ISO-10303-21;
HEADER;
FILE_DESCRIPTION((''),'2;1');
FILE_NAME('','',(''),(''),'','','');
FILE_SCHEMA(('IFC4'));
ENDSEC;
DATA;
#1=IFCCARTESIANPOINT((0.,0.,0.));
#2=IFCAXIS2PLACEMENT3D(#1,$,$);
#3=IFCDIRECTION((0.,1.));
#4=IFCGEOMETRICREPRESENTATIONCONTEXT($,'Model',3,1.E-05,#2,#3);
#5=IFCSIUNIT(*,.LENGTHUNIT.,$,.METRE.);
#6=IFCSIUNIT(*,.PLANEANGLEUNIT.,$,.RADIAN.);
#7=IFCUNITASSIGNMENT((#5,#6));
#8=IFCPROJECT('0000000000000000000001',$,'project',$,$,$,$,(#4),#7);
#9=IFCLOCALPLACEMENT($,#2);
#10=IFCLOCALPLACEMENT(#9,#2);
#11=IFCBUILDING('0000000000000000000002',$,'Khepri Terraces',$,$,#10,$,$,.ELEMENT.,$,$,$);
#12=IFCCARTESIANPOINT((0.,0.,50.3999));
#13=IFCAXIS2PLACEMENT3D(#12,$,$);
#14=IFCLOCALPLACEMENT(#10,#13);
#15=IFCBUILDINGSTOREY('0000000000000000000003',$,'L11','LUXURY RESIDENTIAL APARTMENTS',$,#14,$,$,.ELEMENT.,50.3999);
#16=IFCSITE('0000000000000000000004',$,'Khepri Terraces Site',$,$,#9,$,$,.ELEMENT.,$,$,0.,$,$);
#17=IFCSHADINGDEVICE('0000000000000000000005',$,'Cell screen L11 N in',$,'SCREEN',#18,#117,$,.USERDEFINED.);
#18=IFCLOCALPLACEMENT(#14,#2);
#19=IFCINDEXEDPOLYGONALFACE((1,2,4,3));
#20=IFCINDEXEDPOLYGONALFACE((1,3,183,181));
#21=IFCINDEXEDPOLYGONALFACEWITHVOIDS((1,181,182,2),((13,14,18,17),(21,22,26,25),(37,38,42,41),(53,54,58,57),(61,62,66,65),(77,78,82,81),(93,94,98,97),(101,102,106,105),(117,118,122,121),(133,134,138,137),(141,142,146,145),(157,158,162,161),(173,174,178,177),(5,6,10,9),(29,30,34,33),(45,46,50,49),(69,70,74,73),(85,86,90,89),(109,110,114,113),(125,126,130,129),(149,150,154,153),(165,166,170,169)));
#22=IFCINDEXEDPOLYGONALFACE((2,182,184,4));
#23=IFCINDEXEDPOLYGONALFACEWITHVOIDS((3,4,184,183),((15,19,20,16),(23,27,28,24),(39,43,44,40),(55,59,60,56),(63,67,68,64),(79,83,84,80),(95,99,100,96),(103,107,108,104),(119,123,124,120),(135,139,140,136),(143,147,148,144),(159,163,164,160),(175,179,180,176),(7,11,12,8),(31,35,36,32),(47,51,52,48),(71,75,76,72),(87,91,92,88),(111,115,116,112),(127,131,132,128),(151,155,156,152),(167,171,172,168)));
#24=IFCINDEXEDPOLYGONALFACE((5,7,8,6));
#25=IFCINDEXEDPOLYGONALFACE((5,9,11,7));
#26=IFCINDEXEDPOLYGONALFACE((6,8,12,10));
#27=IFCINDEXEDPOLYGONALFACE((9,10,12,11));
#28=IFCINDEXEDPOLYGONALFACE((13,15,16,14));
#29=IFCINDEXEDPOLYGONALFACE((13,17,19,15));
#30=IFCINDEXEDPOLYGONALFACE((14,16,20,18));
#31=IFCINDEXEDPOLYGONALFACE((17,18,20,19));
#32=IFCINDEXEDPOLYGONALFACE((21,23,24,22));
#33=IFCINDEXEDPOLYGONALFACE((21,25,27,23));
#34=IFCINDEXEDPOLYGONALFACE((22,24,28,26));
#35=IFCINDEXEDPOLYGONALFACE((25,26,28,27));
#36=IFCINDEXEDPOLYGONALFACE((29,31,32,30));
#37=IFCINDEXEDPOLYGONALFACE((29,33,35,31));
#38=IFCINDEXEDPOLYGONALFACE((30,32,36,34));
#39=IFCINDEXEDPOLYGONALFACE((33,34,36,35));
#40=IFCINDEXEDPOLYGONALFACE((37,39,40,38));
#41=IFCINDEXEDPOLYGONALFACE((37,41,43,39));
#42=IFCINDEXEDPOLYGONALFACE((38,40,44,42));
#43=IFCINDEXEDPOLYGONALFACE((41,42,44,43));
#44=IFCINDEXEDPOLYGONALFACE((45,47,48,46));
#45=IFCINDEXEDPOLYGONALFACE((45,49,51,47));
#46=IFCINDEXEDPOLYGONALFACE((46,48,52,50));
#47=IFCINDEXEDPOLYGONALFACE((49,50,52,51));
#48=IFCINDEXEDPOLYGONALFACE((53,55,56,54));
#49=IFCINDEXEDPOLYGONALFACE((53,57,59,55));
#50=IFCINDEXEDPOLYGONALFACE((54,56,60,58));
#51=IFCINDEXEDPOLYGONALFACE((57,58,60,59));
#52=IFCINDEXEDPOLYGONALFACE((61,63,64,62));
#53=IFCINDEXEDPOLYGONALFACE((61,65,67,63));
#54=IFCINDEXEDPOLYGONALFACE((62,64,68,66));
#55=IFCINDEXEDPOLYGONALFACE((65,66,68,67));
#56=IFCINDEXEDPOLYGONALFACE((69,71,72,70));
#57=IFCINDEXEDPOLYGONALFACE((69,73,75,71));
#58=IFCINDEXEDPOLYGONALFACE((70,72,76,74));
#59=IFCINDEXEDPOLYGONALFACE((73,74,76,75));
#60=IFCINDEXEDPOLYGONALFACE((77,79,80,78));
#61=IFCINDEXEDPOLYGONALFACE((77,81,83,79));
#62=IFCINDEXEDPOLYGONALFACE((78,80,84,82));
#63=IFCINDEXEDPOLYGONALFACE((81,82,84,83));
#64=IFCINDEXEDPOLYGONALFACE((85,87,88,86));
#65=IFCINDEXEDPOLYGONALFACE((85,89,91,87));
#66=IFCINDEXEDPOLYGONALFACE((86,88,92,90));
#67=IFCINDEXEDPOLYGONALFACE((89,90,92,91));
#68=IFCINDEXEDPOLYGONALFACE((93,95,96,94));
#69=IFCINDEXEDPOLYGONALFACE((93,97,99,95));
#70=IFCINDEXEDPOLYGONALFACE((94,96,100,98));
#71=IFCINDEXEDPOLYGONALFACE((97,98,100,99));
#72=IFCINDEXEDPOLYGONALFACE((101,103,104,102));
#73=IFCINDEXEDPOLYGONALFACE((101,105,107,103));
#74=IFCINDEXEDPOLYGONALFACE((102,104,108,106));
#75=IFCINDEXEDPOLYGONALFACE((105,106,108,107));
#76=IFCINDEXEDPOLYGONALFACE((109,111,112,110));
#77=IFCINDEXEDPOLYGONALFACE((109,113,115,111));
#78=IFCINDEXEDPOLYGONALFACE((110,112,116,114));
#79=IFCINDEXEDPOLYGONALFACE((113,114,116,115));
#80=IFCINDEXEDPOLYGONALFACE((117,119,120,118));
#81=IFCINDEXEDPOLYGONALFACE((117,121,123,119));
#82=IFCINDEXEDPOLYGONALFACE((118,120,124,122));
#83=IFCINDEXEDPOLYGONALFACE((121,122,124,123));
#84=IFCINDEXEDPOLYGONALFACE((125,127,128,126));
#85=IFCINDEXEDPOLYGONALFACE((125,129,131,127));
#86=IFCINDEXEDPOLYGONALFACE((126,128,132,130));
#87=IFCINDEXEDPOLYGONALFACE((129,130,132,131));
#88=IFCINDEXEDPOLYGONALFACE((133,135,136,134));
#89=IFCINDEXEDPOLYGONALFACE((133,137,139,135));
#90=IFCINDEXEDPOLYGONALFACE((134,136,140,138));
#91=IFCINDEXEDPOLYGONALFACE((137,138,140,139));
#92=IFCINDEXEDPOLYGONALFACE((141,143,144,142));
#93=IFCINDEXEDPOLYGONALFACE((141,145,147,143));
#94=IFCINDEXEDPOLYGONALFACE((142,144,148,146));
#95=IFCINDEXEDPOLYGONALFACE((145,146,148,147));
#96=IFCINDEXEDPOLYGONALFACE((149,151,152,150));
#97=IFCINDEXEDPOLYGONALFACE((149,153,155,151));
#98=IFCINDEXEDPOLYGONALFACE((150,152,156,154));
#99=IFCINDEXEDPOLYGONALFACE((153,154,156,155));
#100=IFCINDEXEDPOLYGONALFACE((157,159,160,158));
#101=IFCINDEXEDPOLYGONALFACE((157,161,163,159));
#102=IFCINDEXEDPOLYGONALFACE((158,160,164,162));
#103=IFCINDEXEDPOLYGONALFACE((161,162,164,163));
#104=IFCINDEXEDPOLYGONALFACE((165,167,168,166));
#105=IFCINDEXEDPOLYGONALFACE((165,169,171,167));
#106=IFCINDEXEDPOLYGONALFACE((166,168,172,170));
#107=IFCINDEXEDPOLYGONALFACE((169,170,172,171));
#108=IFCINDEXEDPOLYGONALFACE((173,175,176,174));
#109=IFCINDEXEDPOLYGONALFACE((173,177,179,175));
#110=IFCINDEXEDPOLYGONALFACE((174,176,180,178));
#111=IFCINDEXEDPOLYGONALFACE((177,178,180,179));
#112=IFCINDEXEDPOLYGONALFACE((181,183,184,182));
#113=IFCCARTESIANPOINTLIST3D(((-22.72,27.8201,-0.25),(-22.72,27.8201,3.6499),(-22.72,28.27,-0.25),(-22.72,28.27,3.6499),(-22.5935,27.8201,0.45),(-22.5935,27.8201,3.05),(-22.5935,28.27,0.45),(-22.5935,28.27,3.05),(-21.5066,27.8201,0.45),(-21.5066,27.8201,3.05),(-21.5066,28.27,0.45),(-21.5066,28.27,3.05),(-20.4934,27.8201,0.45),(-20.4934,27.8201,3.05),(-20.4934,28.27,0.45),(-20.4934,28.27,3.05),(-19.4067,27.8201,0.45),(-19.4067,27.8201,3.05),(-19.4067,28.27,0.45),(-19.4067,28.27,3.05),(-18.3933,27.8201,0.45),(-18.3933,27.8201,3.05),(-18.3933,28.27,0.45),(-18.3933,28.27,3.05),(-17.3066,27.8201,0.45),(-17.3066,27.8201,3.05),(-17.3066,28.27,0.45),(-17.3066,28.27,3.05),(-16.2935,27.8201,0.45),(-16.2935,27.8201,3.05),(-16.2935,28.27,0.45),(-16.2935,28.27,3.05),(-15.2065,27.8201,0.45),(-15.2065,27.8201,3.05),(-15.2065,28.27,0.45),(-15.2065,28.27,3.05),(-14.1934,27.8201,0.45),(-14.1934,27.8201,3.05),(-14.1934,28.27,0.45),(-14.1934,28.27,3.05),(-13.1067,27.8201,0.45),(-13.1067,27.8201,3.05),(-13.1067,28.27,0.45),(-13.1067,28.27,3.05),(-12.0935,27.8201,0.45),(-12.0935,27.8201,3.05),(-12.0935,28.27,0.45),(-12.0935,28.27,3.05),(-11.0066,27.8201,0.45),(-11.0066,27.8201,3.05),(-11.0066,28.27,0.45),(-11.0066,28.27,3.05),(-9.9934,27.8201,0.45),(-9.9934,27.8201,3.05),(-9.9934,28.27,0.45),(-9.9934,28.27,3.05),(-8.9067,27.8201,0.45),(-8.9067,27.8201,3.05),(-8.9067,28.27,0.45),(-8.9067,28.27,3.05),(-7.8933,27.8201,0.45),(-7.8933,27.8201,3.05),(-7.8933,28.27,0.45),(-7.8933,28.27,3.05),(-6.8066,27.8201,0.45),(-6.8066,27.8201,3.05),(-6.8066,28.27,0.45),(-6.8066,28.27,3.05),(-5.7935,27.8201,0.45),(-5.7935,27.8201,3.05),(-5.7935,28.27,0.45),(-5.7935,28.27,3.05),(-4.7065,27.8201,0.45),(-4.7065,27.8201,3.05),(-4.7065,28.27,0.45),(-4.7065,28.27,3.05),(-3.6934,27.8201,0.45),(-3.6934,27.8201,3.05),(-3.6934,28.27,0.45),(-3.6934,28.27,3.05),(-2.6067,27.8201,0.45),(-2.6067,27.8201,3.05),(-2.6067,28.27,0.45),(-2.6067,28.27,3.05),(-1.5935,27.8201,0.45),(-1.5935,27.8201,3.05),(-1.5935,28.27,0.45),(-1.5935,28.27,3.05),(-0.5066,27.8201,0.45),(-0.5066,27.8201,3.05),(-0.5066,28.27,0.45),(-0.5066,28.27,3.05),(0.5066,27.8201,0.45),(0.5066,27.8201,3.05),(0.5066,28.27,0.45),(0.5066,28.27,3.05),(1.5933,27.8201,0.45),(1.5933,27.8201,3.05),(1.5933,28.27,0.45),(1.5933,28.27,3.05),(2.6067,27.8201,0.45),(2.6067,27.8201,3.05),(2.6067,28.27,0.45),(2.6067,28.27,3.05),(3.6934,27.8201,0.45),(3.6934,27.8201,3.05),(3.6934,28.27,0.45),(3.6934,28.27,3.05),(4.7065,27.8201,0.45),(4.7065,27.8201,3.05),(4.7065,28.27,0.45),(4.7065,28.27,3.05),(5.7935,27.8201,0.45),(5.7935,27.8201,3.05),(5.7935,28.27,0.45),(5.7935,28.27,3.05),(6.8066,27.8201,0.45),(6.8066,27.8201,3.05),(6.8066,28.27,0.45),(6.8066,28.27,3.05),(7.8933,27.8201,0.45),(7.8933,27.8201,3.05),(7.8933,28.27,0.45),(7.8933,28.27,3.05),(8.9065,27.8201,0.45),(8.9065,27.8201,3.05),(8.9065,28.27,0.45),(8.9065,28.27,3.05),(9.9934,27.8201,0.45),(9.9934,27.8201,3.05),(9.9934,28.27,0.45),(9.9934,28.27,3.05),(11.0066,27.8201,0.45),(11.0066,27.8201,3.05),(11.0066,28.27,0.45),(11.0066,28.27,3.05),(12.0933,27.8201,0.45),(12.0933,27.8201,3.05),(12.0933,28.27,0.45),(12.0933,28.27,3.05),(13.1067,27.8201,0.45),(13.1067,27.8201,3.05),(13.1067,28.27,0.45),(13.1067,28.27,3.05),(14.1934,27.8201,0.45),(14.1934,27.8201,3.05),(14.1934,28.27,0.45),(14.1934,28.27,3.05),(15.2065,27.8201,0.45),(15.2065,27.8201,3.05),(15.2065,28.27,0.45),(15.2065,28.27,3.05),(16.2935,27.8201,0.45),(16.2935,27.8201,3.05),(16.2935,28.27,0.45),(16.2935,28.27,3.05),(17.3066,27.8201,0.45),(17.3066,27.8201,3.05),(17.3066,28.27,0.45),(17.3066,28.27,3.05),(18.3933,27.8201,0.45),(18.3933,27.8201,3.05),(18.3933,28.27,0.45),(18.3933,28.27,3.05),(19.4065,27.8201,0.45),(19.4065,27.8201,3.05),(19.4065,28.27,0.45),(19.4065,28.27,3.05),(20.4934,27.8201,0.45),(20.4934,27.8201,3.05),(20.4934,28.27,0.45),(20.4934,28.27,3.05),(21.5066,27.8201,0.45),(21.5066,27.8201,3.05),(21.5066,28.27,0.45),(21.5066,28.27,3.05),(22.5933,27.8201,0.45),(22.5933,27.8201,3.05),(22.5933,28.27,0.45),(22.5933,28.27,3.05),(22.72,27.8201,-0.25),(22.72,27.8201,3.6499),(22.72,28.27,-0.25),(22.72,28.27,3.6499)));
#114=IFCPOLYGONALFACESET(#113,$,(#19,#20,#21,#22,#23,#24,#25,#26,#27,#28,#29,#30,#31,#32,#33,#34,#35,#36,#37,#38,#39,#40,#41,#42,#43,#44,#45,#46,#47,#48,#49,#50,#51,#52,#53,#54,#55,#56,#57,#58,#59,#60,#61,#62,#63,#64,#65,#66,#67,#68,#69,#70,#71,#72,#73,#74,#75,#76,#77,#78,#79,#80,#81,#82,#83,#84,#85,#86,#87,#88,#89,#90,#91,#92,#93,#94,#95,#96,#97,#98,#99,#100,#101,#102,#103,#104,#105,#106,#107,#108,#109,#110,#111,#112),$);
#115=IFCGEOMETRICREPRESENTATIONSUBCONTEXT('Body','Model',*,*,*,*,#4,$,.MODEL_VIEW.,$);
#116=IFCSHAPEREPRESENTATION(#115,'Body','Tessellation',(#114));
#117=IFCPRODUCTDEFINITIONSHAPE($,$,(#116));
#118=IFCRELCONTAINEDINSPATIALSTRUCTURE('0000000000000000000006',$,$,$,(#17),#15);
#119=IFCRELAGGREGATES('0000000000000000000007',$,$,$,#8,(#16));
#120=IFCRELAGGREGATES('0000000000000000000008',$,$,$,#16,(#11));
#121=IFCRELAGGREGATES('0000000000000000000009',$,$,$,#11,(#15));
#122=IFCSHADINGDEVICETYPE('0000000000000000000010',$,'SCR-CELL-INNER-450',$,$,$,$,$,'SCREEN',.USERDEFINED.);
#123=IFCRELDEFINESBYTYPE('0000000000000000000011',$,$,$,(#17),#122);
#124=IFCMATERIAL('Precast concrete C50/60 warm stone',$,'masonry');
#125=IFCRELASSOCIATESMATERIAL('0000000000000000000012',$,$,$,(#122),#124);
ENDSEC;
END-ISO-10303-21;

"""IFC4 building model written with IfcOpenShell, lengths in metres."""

from ifc_helpers import new_model, si_unit, direction, frame, origin, place, context, subcontext, project, spatial, polyline, outline, extrude, material, type_object, element, save


model = new_model("IFC4")

# Units and contexts
model_context = context("Model", 3, precision=1e-05, world=origin(), true_north=direction((0.0, 1.0)))
body_context = subcontext(model_context, "Body", "Model", "MODEL_VIEW")
ifc_project = project(units=[si_unit("LENGTHUNIT", "METRE"), si_unit("PLANEANGLEUNIT", "RADIAN")], contexts=[model_context])

# Site, building, storey
site_placement = place(None, origin())
site = spatial("IfcSite", under=ifc_project, at=site_placement, Name="Khepri Terraces Site", CompositionType="ELEMENT", RefElevation=0.0)
building_placement = place(site_placement, origin())
building = spatial("IfcBuilding", under=site, at=building_placement, Name="Khepri Terraces", CompositionType="ELEMENT")
storey_placement = place(building_placement, frame((0.0, 0.0, 50.3999)))
storey = spatial("IfcBuildingStorey", under=building, at=storey_placement, Name="L11", Description="LUXURY RESIDENTIAL APARTMENTS", CompositionType="ELEMENT", Elevation=50.3999)

# Shared definitions
ifc_material_1 = material(Name="Precast concrete C50/60 warm stone", Category="masonry")

# Shading device
shading_device_type_1 = type_object("IfcShadingDeviceType", Name="SCR-CELL-INNER-450", ElementType="SCREEN", PredefinedType="USERDEFINED", material=ifc_material_1)
shading_device_1_placement = place(storey_placement, frame((22.72, 27.8201, -0.25), z_axis=(0.0, 1.0, 0.0), x_axis=(-1.0, 0.0, 0.0)))
element("IfcShadingDevice", 1, at=shading_device_1_placement, inside=storey, type_object=shading_device_type_1, Name="Cell screen L11 N in", ObjectType="SCREEN", PredefinedType="USERDEFINED", context=body_context, shape_type="SweptSolid", body=[
    extrude(outline(polyline([(0.0, 0.0), (45.4399, 0.0), (45.4399, 3.8999), (0.0, 3.8999), (0.0, 0.0)]), holes=[polyline([(0.1267, 0.7), (1.2134, 0.7), (1.2134, 3.3), (0.1267, 3.3), (0.1267, 0.7)]), polyline([(2.2266, 0.7), (3.3135, 0.7), (3.3135, 3.3), (2.2266, 3.3), (2.2266, 0.7)]), polyline([(4.3267, 0.7), (5.4133, 0.7), (5.4133, 3.3), (4.3267, 3.3), (4.3267, 0.7)]), polyline([(6.4265, 0.7), (7.5134, 0.7), (7.5134, 3.3), (6.4265, 3.3), (6.4265, 0.7)]), polyline([(8.5266, 0.7), (9.6133, 0.7), (9.6133, 3.3), (8.5266, 3.3), (8.5266, 0.7)]), polyline([(10.6267, 0.7), (11.7134, 0.7), (11.7134, 3.3), (10.6267, 3.3), (10.6267, 0.7)]), polyline([(12.7266, 0.7), (13.8135, 0.7), (13.8135, 3.3), (12.7266, 3.3), (12.7266, 0.7)]), polyline([(14.8267, 0.7), (15.9133, 0.7), (15.9133, 3.3), (14.8267, 3.3), (14.8267, 0.7)]), polyline([(16.9265, 0.7), (18.0134, 0.7), (18.0134, 3.3), (16.9265, 3.3), (16.9265, 0.7)]), polyline([(19.0266, 0.7), (20.1133, 0.7), (20.1133, 3.3), (19.0266, 3.3), (19.0266, 0.7)]), polyline([(21.1267, 0.7), (22.2134, 0.7), (22.2134, 3.3), (21.1267, 3.3), (21.1267, 0.7)]), polyline([(23.2266, 0.7), (24.3135, 0.7), (24.3135, 3.3), (23.2266, 3.3), (23.2266, 0.7)]), polyline([(25.3267, 0.7), (26.4133, 0.7), (26.4133, 3.3), (25.3267, 3.3), (25.3267, 0.7)]), polyline([(27.4265, 0.7), (28.5134, 0.7), (28.5134, 3.3), (27.4265, 3.3), (27.4265, 0.7)]), polyline([(29.5266, 0.7), (30.6133, 0.7), (30.6133, 3.3), (29.5266, 3.3), (29.5266, 0.7)]), polyline([(31.6267, 0.7), (32.7134, 0.7), (32.7134, 3.3), (31.6267, 3.3), (31.6267, 0.7)]), polyline([(33.7266, 0.7), (34.8135, 0.7), (34.8135, 3.3), (33.7266, 3.3), (33.7266, 0.7)]), polyline([(35.8267, 0.7), (36.9133, 0.7), (36.9133, 3.3), (35.8267, 3.3), (35.8267, 0.7)]), polyline([(37.9265, 0.7), (39.0134, 0.7), (39.0134, 3.3), (37.9265, 3.3), (37.9265, 0.7)]), polyline([(40.0266, 0.7), (41.1133, 0.7), (41.1133, 3.3), (40.0266, 3.3), (40.0266, 0.7)]), polyline([(42.1267, 0.7), (43.2134, 0.7), (43.2134, 3.3), (42.1267, 3.3), (42.1267, 0.7)]), polyline([(44.2266, 0.7), (45.3135, 0.7), (45.3135, 3.3), (44.2266, 3.3), (44.2266, 0.7)])]), origin(), (0.0, 0.0, 1.0), 0.45),
])

save(model, "model.ifc")
